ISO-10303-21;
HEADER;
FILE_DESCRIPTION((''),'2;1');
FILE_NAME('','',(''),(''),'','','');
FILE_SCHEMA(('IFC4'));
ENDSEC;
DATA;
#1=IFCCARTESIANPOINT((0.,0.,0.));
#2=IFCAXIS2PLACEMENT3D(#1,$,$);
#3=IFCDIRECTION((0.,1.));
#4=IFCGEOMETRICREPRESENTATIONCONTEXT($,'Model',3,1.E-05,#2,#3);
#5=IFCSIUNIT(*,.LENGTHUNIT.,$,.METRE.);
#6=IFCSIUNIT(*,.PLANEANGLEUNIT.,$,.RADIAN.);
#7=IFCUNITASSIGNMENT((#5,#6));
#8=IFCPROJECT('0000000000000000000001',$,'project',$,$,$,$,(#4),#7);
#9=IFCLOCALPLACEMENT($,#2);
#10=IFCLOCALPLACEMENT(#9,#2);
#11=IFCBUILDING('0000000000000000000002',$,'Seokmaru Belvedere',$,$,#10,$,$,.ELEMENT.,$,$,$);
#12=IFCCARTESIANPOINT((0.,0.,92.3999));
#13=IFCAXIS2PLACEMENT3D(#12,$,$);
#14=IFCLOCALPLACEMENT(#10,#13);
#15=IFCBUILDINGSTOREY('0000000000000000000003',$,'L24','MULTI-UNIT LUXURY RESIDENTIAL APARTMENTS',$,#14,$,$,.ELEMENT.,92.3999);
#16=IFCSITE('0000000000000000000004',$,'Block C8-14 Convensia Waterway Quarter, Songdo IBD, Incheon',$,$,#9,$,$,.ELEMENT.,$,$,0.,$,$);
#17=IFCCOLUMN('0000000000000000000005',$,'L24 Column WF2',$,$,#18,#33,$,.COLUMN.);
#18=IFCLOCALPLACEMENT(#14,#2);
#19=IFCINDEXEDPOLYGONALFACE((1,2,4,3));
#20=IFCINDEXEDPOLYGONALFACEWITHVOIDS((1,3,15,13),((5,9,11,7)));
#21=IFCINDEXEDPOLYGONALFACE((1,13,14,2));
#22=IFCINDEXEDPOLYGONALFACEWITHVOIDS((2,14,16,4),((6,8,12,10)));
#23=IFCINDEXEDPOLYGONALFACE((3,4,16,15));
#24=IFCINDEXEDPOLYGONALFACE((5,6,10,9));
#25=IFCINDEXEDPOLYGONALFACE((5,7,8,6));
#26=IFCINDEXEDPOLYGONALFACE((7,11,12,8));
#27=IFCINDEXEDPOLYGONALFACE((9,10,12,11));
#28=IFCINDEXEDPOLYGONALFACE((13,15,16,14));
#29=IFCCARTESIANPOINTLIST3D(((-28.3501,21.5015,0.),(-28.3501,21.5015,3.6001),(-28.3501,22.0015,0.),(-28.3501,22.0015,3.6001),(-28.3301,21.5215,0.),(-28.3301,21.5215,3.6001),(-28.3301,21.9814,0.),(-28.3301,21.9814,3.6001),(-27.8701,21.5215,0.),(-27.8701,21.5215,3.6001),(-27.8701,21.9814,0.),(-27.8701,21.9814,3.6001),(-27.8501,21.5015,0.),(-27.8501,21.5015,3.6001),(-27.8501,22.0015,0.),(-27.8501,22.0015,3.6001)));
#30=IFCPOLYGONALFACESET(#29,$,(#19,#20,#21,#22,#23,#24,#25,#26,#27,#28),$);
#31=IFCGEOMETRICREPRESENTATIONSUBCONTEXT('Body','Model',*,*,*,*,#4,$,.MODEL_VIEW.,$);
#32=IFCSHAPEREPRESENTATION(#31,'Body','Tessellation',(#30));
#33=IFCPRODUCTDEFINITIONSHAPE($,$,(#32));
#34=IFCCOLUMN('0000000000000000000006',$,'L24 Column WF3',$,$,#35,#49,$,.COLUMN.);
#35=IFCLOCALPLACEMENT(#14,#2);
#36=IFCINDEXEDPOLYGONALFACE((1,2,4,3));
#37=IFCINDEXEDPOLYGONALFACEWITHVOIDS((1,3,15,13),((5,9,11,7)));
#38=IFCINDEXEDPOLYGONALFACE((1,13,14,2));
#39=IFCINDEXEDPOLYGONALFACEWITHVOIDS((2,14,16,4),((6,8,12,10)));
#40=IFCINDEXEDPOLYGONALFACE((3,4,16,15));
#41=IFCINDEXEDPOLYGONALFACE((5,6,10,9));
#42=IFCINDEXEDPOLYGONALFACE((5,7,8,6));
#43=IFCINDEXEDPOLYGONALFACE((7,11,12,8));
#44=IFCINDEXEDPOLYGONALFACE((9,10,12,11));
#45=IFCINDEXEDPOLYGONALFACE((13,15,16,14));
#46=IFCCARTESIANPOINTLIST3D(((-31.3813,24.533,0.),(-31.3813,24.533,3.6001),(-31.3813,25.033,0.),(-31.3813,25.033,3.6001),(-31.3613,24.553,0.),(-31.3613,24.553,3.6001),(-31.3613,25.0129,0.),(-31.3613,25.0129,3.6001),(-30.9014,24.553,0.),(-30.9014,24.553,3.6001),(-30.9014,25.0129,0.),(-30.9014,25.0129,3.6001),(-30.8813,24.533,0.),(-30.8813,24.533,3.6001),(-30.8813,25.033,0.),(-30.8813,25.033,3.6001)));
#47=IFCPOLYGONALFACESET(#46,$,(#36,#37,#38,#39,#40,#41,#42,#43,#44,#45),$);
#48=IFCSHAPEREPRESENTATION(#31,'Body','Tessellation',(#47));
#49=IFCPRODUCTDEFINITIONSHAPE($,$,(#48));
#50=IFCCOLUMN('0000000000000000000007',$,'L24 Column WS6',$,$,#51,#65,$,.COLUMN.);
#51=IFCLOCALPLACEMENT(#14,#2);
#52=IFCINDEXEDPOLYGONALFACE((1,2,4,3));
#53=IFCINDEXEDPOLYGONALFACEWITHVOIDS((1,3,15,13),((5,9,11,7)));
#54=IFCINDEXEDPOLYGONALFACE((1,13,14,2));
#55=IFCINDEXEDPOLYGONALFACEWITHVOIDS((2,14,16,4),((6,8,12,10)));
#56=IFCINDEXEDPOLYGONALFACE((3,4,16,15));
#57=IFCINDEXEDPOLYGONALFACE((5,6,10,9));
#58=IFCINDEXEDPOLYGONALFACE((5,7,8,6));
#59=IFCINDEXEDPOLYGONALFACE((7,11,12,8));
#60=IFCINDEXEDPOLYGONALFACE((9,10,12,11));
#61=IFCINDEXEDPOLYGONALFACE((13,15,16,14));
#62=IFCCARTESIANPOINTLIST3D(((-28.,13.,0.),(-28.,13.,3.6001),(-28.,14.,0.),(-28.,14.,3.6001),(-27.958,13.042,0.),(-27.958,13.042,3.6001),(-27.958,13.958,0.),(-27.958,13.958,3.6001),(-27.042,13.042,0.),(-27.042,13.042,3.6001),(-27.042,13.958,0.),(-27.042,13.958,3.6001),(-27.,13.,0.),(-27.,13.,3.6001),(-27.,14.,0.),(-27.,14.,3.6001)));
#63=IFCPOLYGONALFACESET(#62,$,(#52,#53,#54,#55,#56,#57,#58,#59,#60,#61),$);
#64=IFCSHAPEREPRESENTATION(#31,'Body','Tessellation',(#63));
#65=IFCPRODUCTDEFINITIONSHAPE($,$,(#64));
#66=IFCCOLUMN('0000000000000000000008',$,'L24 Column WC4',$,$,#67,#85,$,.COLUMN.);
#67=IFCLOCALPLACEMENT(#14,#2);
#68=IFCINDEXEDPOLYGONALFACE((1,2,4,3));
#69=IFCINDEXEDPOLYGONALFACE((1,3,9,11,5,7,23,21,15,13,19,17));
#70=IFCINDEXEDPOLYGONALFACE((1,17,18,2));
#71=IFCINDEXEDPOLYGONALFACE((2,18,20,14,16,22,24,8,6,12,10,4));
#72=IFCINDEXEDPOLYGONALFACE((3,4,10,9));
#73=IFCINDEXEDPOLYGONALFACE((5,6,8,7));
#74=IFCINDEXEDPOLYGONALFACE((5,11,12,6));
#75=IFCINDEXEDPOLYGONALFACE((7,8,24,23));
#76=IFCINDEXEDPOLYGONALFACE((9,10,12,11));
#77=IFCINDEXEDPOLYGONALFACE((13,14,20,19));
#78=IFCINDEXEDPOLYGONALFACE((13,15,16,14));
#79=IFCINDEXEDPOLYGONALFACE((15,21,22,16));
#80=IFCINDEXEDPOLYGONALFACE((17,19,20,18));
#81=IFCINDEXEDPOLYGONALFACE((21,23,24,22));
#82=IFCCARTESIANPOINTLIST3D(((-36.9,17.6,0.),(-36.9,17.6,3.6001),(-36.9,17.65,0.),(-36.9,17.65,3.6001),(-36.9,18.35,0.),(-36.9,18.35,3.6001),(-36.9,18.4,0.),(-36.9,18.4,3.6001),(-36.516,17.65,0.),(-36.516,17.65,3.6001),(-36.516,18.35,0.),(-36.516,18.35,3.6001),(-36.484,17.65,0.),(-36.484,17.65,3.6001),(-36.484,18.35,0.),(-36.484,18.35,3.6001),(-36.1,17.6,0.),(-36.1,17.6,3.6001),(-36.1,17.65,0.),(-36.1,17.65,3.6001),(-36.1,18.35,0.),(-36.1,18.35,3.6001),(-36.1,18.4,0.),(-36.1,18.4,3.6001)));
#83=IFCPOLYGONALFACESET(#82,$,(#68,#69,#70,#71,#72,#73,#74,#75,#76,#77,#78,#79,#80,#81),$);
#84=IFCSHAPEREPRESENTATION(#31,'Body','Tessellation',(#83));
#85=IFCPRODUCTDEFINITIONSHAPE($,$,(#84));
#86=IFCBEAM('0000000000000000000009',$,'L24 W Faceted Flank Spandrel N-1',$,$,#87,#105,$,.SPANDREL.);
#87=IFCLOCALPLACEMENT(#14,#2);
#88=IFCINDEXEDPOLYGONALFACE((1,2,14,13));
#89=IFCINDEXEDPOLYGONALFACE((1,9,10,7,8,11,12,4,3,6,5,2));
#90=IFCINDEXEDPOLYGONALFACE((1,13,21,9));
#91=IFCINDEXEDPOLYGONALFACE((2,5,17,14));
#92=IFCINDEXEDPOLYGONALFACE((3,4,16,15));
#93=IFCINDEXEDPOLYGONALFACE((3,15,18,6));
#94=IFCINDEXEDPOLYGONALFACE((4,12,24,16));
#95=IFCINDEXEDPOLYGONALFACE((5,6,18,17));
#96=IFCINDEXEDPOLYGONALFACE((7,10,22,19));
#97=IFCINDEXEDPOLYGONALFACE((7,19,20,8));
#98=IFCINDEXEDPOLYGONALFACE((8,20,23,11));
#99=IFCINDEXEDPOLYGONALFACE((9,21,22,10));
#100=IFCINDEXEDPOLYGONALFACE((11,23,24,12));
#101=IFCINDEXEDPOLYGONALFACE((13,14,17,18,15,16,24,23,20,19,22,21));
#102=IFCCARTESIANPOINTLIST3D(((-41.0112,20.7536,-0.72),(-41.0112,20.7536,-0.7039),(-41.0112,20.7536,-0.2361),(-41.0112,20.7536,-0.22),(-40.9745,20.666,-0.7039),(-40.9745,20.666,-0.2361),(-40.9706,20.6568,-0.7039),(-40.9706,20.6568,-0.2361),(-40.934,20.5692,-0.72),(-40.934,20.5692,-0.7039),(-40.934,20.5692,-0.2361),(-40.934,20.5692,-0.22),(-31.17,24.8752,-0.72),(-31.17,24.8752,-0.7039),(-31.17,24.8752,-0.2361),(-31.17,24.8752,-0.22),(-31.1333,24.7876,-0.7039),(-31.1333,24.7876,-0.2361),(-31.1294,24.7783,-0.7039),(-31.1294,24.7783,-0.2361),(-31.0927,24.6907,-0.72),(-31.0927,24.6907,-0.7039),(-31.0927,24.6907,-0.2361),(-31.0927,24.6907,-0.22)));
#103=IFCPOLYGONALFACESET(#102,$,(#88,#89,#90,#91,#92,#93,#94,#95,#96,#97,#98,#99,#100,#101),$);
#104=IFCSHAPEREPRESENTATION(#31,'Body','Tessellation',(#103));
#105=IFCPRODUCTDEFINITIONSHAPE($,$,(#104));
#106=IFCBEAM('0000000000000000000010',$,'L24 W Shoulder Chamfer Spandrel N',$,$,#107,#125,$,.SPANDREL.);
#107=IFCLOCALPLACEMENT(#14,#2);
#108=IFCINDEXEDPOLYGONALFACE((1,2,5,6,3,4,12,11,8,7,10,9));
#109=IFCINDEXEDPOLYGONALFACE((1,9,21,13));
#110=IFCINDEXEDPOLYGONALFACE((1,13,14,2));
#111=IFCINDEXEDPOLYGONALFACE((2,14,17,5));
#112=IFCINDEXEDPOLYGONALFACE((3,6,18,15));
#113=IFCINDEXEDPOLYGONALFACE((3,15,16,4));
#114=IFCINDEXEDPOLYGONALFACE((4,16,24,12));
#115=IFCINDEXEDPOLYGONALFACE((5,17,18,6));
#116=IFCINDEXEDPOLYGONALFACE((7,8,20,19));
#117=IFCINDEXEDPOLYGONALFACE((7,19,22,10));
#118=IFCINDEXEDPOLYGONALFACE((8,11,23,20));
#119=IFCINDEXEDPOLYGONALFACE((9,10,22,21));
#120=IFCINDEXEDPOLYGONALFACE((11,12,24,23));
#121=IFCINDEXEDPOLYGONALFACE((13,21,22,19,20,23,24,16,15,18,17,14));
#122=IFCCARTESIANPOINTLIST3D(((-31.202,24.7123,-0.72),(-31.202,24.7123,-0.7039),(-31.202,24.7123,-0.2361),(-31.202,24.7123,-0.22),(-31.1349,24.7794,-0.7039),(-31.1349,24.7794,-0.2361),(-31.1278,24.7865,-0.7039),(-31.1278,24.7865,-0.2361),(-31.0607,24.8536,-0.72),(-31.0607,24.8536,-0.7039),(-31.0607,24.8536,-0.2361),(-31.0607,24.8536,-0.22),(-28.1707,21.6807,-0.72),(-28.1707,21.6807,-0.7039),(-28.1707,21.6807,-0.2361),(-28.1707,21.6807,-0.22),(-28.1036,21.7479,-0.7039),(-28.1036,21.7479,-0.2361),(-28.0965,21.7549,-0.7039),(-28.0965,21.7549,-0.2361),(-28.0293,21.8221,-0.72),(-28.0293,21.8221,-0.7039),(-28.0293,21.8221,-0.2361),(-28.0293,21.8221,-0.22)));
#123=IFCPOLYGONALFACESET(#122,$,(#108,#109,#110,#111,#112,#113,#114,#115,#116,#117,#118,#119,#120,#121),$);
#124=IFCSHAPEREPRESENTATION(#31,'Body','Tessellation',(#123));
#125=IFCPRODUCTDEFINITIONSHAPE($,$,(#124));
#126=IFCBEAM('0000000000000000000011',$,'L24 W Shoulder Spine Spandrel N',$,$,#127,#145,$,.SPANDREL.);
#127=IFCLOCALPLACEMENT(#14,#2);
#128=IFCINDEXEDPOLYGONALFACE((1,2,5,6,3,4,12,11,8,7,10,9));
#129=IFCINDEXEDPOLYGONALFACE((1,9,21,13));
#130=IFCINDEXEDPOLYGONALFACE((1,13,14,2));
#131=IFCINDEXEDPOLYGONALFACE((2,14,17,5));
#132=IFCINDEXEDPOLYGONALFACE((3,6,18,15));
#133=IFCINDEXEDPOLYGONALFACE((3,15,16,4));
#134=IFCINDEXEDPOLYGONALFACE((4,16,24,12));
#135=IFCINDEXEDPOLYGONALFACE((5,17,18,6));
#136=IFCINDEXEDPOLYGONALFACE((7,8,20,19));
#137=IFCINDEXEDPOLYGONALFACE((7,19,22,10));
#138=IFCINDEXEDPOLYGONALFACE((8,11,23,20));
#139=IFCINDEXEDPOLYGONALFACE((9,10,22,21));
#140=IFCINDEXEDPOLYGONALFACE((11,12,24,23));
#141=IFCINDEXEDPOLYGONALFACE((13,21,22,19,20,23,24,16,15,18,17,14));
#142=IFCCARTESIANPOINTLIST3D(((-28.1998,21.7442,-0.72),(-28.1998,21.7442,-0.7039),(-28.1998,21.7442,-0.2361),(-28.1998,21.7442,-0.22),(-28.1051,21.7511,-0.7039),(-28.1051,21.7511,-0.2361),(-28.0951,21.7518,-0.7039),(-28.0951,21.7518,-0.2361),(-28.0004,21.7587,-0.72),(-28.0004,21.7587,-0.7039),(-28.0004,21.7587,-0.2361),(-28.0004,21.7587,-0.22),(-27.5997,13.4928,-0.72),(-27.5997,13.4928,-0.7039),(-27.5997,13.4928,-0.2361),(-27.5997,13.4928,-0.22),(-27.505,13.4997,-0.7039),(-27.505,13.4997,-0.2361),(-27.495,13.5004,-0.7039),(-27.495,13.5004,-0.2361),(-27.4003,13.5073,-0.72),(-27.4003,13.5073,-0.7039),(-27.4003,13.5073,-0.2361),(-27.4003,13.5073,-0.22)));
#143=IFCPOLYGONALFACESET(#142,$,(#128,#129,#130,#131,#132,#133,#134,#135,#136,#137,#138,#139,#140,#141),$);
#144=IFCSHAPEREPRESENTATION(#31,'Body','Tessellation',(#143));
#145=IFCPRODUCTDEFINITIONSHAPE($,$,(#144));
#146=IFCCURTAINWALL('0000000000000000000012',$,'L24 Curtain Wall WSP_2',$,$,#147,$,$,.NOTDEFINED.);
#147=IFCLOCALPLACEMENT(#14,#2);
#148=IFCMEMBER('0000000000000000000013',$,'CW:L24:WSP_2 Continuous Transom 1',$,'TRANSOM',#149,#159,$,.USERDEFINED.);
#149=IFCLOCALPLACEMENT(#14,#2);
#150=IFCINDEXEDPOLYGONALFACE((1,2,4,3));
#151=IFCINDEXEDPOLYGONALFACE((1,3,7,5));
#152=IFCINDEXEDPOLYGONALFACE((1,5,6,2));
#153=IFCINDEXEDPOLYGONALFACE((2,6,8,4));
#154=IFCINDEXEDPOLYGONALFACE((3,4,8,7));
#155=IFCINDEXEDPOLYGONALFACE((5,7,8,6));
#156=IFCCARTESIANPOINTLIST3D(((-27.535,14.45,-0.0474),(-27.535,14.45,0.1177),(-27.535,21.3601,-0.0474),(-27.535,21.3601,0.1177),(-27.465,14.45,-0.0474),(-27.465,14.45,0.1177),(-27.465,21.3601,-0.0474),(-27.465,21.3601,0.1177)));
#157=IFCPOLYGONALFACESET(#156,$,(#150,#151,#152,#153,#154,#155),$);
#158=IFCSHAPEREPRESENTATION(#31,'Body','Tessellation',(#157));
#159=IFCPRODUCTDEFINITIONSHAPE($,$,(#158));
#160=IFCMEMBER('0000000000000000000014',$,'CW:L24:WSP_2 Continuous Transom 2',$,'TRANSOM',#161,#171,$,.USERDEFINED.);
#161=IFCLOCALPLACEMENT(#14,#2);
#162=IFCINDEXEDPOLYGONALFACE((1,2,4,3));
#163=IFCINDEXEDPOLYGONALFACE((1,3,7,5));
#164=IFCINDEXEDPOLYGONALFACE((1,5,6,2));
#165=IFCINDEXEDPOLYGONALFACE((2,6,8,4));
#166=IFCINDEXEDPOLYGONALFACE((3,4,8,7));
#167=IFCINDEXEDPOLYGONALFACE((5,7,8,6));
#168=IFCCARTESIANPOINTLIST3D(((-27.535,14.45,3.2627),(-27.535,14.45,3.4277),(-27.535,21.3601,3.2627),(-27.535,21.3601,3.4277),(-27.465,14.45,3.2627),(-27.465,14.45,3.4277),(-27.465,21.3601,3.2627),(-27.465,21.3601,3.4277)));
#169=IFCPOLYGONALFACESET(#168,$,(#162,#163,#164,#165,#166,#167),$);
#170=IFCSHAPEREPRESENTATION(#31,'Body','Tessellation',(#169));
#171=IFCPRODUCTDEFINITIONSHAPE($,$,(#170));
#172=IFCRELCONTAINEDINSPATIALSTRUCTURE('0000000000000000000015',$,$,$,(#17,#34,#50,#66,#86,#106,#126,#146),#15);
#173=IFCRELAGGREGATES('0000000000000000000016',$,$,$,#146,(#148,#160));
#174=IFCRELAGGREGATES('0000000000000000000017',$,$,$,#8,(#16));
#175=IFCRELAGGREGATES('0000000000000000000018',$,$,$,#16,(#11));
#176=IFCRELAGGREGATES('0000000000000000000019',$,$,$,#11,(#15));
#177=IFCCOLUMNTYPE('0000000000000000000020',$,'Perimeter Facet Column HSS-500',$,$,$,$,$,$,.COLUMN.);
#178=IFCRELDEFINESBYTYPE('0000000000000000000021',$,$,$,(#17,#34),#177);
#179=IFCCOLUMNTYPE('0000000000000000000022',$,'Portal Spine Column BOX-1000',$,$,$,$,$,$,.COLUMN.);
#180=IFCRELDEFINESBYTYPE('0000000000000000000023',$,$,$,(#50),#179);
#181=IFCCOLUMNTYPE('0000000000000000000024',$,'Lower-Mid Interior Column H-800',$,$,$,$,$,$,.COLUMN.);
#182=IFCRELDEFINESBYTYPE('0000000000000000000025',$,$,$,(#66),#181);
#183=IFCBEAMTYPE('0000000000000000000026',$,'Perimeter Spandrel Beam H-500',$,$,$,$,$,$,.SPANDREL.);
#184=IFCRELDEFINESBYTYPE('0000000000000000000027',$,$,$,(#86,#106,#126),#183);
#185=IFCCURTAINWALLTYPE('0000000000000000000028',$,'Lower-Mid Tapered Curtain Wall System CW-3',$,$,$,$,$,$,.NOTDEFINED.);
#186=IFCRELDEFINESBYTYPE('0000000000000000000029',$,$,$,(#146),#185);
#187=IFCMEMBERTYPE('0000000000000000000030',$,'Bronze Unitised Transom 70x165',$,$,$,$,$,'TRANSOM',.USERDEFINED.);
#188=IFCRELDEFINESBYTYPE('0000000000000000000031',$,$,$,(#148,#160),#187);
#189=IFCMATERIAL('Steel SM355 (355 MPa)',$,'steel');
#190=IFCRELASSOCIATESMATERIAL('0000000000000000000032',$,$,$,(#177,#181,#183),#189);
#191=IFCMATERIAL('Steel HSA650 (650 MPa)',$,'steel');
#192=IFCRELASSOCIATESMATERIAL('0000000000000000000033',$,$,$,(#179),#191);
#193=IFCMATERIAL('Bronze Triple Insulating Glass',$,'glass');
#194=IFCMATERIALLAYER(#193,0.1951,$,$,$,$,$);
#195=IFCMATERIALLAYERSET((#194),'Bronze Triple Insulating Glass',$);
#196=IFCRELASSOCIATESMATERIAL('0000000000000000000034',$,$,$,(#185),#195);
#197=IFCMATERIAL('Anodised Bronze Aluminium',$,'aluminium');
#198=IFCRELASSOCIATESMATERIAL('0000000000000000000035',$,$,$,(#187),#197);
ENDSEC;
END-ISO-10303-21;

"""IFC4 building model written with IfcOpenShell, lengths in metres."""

from ifc_helpers import new_model, si_unit, direction, frame, origin, origin_2d, place, context, subcontext, project, spatial, rectangle, hollow_rectangle, i_section, extrude, source, transform, mapped, material, layer, layer_set, material_profile, profile_set, type_object, type_shapes, element, aggregate, save


model = new_model("IFC4")

# Units and contexts
model_context = context("Model", 3, precision=1e-05, world=origin(), true_north=direction((0.0, 1.0)))
body_context = subcontext(model_context, "Body", "Model", "MODEL_VIEW")
ifc_project = project(units=[si_unit("LENGTHUNIT", "METRE"), si_unit("PLANEANGLEUNIT", "RADIAN")], contexts=[model_context])

# Site, building, storey
site_placement = place(None, origin())
site = spatial("IfcSite", under=ifc_project, at=site_placement, Name="Block C8-14 Convensia Waterway Quarter, Songdo IBD, Incheon", CompositionType="ELEMENT", RefElevation=0.0)
building_placement = place(site_placement, origin())
building = spatial("IfcBuilding", under=site, at=building_placement, Name="Seokmaru Belvedere", CompositionType="ELEMENT")
storey_placement = place(building_placement, frame((0.0, 0.0, 92.3999)))
storey = spatial("IfcBuildingStorey", under=building, at=storey_placement, Name="L24", Description="MULTI-UNIT LUXURY RESIDENTIAL APARTMENTS", CompositionType="ELEMENT", Elevation=92.3999)

# Columns
ifc_material_1 = material(Name="Steel SM355 (355 MPa)", Category="steel")
ifc_material_profile_1 = material_profile(ifc_material_1, hollow_rectangle(XDim=0.5, YDim=0.5, WallThickness=0.02, at=origin_2d()), Name="HSS-500x500x20")
ifc_profile_set_1 = profile_set([ifc_material_profile_1], Name="Steel SM355 (355 MPa)")
column_type_1 = type_object("IfcColumnType", Name="Perimeter Facet Column HSS-500", PredefinedType="COLUMN", material=ifc_profile_set_1)
shared_shape_1 = source(origin(), body_context, "Body", "SweptSolid", [
    extrude(hollow_rectangle(XDim=0.5, YDim=0.5, WallThickness=0.02, at=origin_2d()), origin(), (0.0, 0.0, 1.0), 3.6001),
])
type_shapes(column_type_1, [shared_shape_1])
for number, where, z_axis, x_axis, name in (
    (1, (-28.1001, 21.7515, 0.0), (0.0, 0.0, 1.0), (1.0, 0.0, 0.0), "L24 Column WF2"),
    (2, (-31.1313, 24.783, 0.0), (0.0, 0.0, 1.0), (1.0, 0.0, 0.0), "L24 Column WF3"),
):
    element("IfcColumn", number, at=place(storey_placement, frame(where, z_axis=z_axis, x_axis=x_axis)), inside=storey, type_object=column_type_1, Name=name, PredefinedType="COLUMN", context=body_context, shape_type="MappedRepresentation", body=[
        mapped(shared_shape_1, transform((0.0, 0.0, 0.0), scale=1.0)),
    ])
ifc_material_2 = material(Name="Steel HSA650 (650 MPa)", Category="steel")
ifc_material_profile_2 = material_profile(ifc_material_2, hollow_rectangle(XDim=1.0, YDim=1.0, WallThickness=0.042, at=origin_2d()), Name="BOX-1000x1000x42")
ifc_profile_set_2 = profile_set([ifc_material_profile_2], Name="Steel HSA650 (650 MPa)")
column_type_2 = type_object("IfcColumnType", Name="Portal Spine Column BOX-1000", PredefinedType="COLUMN", material=ifc_profile_set_2)
shared_shape_2 = source(origin(), body_context, "Body", "SweptSolid", [
    extrude(hollow_rectangle(XDim=1.0, YDim=1.0, WallThickness=0.042, at=origin_2d()), origin(), (0.0, 0.0, 1.0), 3.6001),
])
type_shapes(column_type_2, [shared_shape_2])
column_1_placement = place(storey_placement, frame((-27.5, 13.5, 0.0), z_axis=(0.0, 0.0, 1.0), x_axis=(1.0, 0.0, 0.0)))
element("IfcColumn", 3, at=column_1_placement, inside=storey, type_object=column_type_2, Name="L24 Column WS6", PredefinedType="COLUMN", context=body_context, shape_type="MappedRepresentation", body=[
    mapped(shared_shape_2, transform((0.0, 0.0, 0.0), scale=1.0)),
])
ifc_material_profile_3 = material_profile(ifc_material_1, i_section(OverallWidth=0.8, OverallDepth=0.8, WebThickness=0.032, FlangeThickness=0.05, at=origin_2d()), Name="H-800x800x32x50")
ifc_profile_set_3 = profile_set([ifc_material_profile_3], Name="Steel SM355 (355 MPa)")
column_type_3 = type_object("IfcColumnType", Name="Lower-Mid Interior Column H-800", PredefinedType="COLUMN", material=ifc_profile_set_3)
shared_shape_3 = source(origin(), body_context, "Body", "SweptSolid", [
    extrude(i_section(OverallWidth=0.8, OverallDepth=0.8, WebThickness=0.032, FlangeThickness=0.05, at=origin_2d()), origin(), (0.0, 0.0, 1.0), 3.6001),
])
type_shapes(column_type_3, [shared_shape_3])
column_2_placement = place(storey_placement, frame((-36.5, 18.0, 0.0), z_axis=(0.0, 0.0, 1.0), x_axis=(1.0, 0.0, 0.0)))
element("IfcColumn", 4, at=column_2_placement, inside=storey, type_object=column_type_3, Name="L24 Column WC4", PredefinedType="COLUMN", context=body_context, shape_type="MappedRepresentation", body=[
    mapped(shared_shape_3, transform((0.0, 0.0, 0.0), scale=1.0)),
])

# Beams
ifc_material_profile_4 = material_profile(ifc_material_1, i_section(OverallWidth=0.2, OverallDepth=0.5, WebThickness=0.01, FlangeThickness=0.0161, at=origin_2d()), Name="H-500x200x10x16")
ifc_profile_set_4 = profile_set([ifc_material_profile_4], Name="Steel SM355 (355 MPa)")
beam_type = type_object("IfcBeamType", Name="Perimeter Spandrel Beam H-500", PredefinedType="SPANDREL", material=ifc_profile_set_4)
shared_shape_4 = source(origin(), body_context, "Body", "SweptSolid", [
    extrude(i_section(OverallWidth=0.2, OverallDepth=0.5, WebThickness=0.01, FlangeThickness=0.0161, at=origin_2d()), origin(), (0.0, 0.0, 1.0), 10.6694),
])
beam_1_placement = place(storey_placement, frame((-31.1313, 24.783, -0.47), z_axis=(-0.922375, -0.386295, 0.0), x_axis=(0.386295, -0.922375, 0.0)))
element("IfcBeam", 5, at=beam_1_placement, inside=storey, type_object=beam_type, Name="L24 W Faceted Flank Spandrel N-1", PredefinedType="SPANDREL", context=body_context, shape_type="MappedRepresentation", body=[
    mapped(shared_shape_4, transform((0.0, 0.0, 0.0), scale=1.0)),
])
shared_shape_5 = source(origin(), body_context, "Body", "SweptSolid", [
    extrude(i_section(OverallWidth=0.2, OverallDepth=0.5, WebThickness=0.01, FlangeThickness=0.0161, at=origin_2d()), origin(), (0.0, 0.0, 1.0), 4.2871),
])
beam_2_placement = place(storey_placement, frame((-31.1313, 24.783, -0.47), z_axis=(0.707078, -0.707135, 0.0), x_axis=(0.707135, 0.707078, 0.0)))
element("IfcBeam", 6, at=beam_2_placement, inside=storey, type_object=beam_type, Name="L24 W Shoulder Chamfer Spandrel N", PredefinedType="SPANDREL", context=body_context, shape_type="MappedRepresentation", body=[
    mapped(shared_shape_5, transform((0.0, 0.0, 0.0), scale=1.0)),
])
shared_shape_6 = source(origin(), body_context, "Body", "SweptSolid", [
    extrude(i_section(OverallWidth=0.2, OverallDepth=0.5, WebThickness=0.01, FlangeThickness=0.0161, at=origin_2d()), origin(), (0.0, 0.0, 1.0), 8.2732),
])
type_shapes(beam_type, [shared_shape_4, shared_shape_5, shared_shape_6])
beam_3_placement = place(storey_placement, frame((-28.1001, 21.7515, -0.47), z_axis=(0.072535, -0.997366, 0.0), x_axis=(0.997366, 0.072535, 0.0)))
element("IfcBeam", 7, at=beam_3_placement, inside=storey, type_object=beam_type, Name="L24 W Shoulder Spine Spandrel N", PredefinedType="SPANDREL", context=body_context, shape_type="MappedRepresentation", body=[
    mapped(shared_shape_6, transform((0.0, 0.0, 0.0), scale=1.0)),
])

# Curtain wall, members
ifc_material_3 = material(Name="Bronze Triple Insulating Glass", Category="glass")
ifc_layer_1 = layer(ifc_material_3, 0.1951)
ifc_layer_set_1 = layer_set([ifc_layer_1], Name="Bronze Triple Insulating Glass")
curtain_wall_type = type_object("IfcCurtainWallType", Name="Lower-Mid Tapered Curtain Wall System CW-3", PredefinedType="NOTDEFINED", material=ifc_layer_set_1)
curtain_wall_1_placement = place(storey_placement, origin())
curtain_wall_1 = element("IfcCurtainWall", 8, at=curtain_wall_1_placement, inside=storey, type_object=curtain_wall_type, Name="L24 Curtain Wall WSP_2", PredefinedType="NOTDEFINED")
ifc_material_4 = material(Name="Anodised Bronze Aluminium", Category="aluminium")
ifc_material_profile_5 = material_profile(ifc_material_4, rectangle(XDim=0.0701, YDim=0.165, at=origin_2d()), Name="CW-T-70x165")
ifc_profile_set_5 = profile_set([ifc_material_profile_5], Name="Anodised Bronze Aluminium")
member_type_1 = type_object("IfcMemberType", Name="Bronze Unitised Transom 70x165", ElementType="TRANSOM", PredefinedType="USERDEFINED", material=ifc_profile_set_5)
shared_shape_7 = source(origin(), body_context, "Body", "SweptSolid", [
    extrude(rectangle(XDim=0.0701, YDim=0.165, at=origin_2d()), origin(), (0.0, 0.0, 1.0), 6.9102),
])
member_1_placement = place(storey_placement, frame((-27.5, 14.45, 0.0352), z_axis=(0.0, 1.0, 0.0), x_axis=(-1.0, 0.0, 0.0)))
member_1 = element("IfcMember", 9, at=member_1_placement, type_object=member_type_1, Name="CW:L24:WSP_2 Continuous Transom 1", ObjectType="TRANSOM", PredefinedType="USERDEFINED", context=body_context, shape_type="MappedRepresentation", body=[
    mapped(shared_shape_7, transform((0.0, 0.0, 0.0), scale=1.0)),
])
member_2_placement = place(storey_placement, frame((-27.5, 14.45, 3.3452), z_axis=(0.0, 1.0, 0.0), x_axis=(-1.0, 0.0, 0.0)))
member_2 = element("IfcMember", 10, at=member_2_placement, type_object=member_type_1, Name="CW:L24:WSP_2 Continuous Transom 2", ObjectType="TRANSOM", PredefinedType="USERDEFINED", context=body_context, shape_type="MappedRepresentation", body=[
    mapped(shared_shape_7, transform((0.0, 0.0, 0.0), scale=1.0)),
])

aggregate(curtain_wall_1, [member_1, member_2])

save(model, "model.ifc")
